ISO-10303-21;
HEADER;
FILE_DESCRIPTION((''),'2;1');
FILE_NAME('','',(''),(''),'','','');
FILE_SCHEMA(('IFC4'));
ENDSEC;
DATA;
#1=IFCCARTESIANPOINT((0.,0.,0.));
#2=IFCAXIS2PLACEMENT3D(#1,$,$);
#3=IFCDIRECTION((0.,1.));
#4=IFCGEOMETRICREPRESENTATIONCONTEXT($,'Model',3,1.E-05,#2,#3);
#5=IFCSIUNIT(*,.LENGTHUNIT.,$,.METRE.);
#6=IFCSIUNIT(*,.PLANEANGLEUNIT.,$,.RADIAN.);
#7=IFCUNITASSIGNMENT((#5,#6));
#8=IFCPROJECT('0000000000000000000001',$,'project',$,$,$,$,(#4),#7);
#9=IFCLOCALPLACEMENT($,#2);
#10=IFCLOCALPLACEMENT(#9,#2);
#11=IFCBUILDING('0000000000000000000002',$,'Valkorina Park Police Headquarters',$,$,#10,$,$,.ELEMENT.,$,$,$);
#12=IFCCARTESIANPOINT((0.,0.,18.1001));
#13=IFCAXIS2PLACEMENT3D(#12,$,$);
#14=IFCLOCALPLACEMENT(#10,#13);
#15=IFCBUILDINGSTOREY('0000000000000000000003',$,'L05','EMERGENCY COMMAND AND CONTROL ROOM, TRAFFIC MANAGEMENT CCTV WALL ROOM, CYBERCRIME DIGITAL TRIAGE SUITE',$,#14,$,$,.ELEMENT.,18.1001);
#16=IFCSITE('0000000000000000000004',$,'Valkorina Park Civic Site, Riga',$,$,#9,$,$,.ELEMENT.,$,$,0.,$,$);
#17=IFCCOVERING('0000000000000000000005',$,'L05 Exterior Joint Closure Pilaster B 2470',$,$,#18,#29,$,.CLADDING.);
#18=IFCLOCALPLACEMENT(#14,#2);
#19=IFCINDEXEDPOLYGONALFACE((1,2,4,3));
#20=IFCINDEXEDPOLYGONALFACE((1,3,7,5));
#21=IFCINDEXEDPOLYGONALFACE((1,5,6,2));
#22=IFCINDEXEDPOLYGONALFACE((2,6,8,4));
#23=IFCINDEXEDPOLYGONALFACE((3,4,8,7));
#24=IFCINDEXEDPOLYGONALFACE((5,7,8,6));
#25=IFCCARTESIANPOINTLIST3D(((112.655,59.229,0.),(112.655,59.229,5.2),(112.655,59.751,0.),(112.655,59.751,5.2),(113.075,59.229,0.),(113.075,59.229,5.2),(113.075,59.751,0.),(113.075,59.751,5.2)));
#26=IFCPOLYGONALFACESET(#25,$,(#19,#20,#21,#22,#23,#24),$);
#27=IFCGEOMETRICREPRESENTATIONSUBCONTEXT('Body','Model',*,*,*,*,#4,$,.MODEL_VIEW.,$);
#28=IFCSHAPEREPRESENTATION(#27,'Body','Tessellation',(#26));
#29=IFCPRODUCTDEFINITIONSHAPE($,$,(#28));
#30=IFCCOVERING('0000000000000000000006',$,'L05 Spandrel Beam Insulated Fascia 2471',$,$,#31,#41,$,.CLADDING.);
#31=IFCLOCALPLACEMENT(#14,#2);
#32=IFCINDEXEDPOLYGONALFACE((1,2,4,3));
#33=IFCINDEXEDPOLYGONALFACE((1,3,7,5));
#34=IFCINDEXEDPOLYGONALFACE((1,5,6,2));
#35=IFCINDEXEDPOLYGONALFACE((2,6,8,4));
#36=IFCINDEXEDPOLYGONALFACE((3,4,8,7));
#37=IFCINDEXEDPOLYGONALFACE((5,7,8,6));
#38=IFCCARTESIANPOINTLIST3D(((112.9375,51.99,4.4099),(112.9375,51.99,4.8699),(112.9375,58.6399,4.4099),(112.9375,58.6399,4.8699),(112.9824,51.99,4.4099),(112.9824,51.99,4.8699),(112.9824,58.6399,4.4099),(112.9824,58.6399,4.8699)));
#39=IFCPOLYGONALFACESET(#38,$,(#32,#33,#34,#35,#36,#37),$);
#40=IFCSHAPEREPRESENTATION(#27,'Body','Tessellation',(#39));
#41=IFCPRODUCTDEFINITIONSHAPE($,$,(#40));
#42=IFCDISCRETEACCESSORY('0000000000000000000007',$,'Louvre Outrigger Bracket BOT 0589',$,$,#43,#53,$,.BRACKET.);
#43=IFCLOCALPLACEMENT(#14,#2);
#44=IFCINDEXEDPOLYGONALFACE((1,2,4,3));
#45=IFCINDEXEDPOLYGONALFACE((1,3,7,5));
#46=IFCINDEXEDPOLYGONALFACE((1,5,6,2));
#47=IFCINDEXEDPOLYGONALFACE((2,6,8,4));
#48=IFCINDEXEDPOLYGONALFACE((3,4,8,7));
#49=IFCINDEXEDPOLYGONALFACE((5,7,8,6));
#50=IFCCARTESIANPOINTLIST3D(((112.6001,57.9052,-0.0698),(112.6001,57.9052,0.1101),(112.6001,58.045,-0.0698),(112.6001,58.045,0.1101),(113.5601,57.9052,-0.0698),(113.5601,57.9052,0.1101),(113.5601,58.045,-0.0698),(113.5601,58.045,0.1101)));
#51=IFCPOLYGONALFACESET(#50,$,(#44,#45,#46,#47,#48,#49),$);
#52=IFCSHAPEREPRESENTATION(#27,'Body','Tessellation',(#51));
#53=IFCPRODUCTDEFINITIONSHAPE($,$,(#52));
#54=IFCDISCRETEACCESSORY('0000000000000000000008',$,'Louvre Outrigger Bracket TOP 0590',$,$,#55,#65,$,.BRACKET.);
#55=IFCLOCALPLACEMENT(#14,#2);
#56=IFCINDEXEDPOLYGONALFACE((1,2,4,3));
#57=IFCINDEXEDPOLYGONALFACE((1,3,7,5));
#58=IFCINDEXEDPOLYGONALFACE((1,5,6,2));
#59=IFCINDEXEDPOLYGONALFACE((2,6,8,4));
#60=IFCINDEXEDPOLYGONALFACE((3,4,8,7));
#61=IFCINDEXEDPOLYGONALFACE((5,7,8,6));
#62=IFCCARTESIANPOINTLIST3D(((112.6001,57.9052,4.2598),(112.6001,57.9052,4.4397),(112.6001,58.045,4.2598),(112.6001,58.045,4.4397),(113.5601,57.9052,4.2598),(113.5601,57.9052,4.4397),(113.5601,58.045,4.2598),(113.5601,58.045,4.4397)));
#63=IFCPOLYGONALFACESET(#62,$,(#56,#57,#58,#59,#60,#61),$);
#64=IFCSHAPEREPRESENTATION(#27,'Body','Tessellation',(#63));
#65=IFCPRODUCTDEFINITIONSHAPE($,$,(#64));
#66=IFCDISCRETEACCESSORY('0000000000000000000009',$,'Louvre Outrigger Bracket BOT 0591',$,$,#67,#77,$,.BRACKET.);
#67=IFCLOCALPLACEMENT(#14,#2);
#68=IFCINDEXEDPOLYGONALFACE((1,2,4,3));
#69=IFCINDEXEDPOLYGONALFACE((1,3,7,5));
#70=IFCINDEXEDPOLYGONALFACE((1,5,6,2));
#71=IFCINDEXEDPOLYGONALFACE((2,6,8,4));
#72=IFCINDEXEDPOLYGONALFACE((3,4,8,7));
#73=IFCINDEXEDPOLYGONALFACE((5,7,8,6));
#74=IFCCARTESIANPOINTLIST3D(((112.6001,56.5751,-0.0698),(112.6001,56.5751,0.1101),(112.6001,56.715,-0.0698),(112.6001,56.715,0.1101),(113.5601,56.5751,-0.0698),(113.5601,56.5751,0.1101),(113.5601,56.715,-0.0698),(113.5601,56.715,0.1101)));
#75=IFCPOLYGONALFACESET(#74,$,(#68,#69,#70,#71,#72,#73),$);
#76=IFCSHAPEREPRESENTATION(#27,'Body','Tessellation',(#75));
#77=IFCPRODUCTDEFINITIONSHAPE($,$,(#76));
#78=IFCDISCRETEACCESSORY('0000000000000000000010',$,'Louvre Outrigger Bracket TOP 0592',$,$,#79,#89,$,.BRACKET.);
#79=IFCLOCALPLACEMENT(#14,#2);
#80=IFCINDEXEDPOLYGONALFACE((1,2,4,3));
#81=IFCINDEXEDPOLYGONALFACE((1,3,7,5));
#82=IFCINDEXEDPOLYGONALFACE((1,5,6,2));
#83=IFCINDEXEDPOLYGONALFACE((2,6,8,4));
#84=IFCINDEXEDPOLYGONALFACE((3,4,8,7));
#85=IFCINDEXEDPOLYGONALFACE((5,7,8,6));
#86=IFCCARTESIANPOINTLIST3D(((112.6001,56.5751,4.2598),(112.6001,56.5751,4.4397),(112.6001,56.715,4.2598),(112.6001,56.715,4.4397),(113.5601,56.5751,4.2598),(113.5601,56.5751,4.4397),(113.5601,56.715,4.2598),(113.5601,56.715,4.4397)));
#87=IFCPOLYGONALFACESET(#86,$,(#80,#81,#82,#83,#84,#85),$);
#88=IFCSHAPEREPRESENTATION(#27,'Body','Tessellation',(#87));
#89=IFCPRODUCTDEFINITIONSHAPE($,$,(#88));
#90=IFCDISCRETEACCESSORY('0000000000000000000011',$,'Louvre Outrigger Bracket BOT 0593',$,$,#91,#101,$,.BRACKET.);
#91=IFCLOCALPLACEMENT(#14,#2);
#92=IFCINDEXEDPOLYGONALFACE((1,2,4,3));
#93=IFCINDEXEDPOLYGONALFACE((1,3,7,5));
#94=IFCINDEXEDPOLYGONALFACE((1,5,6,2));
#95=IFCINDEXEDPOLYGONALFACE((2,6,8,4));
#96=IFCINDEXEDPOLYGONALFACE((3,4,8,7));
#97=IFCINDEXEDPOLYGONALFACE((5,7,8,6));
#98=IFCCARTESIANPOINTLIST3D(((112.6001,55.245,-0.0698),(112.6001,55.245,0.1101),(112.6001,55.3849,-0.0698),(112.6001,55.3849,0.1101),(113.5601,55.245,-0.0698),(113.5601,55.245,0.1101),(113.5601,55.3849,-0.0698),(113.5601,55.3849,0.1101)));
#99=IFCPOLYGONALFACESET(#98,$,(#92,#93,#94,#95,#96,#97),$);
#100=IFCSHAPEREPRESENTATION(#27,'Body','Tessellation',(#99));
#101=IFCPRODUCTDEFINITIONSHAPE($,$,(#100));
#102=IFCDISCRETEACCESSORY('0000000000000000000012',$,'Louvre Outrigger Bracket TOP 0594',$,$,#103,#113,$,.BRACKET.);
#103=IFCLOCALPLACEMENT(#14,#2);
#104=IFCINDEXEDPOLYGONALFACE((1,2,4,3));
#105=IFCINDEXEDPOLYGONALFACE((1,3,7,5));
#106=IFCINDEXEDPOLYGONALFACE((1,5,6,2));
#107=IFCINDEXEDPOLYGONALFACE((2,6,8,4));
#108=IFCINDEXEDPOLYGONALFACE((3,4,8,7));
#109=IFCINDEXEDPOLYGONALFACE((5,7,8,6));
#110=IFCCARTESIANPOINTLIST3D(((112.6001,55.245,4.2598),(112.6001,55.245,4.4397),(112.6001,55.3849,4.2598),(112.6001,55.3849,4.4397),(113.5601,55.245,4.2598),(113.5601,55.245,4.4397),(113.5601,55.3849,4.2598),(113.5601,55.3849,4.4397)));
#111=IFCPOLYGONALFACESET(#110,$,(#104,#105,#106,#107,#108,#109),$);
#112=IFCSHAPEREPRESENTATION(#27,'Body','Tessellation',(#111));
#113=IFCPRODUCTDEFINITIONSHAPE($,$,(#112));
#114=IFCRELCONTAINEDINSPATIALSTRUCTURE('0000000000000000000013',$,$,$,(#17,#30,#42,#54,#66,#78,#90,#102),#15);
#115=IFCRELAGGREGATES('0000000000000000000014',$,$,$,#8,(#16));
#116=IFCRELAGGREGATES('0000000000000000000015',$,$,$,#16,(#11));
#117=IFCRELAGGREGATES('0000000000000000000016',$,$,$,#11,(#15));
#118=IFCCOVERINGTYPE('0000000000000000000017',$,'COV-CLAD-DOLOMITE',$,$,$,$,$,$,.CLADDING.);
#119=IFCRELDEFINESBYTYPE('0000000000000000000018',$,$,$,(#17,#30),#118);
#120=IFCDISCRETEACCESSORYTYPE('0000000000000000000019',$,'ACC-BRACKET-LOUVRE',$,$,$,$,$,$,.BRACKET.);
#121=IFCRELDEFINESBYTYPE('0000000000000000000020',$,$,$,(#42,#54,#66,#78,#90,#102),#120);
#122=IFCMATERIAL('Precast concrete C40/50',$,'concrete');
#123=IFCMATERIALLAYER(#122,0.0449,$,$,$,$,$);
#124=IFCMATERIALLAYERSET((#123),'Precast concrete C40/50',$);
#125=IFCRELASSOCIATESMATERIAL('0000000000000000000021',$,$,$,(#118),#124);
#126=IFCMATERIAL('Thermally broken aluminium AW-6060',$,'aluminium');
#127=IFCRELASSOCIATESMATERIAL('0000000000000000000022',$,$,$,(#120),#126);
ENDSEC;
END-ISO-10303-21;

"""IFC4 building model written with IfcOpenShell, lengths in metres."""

from ifc_helpers import new_model, si_unit, direction, frame, frame_2d, origin, origin_2d, place, context, subcontext, project, spatial, rectangle, extrude, material, layer, layer_set, type_object, element, save


model = new_model("IFC4")

# Units and contexts
model_context = context("Model", 3, precision=1e-05, world=origin(), true_north=direction((0.0, 1.0)))
body_context = subcontext(model_context, "Body", "Model", "MODEL_VIEW")
ifc_project = project(units=[si_unit("LENGTHUNIT", "METRE"), si_unit("PLANEANGLEUNIT", "RADIAN")], contexts=[model_context])

# Site, building, storey
site_placement = place(None, origin())
site = spatial("IfcSite", under=ifc_project, at=site_placement, Name="Valkorina Park Civic Site, Riga", CompositionType="ELEMENT", RefElevation=0.0)
building_placement = place(site_placement, origin())
building = spatial("IfcBuilding", under=site, at=building_placement, Name="Valkorina Park Police Headquarters", CompositionType="ELEMENT")
storey_placement = place(building_placement, frame((0.0, 0.0, 18.1001)))
storey = spatial("IfcBuildingStorey", under=building, at=storey_placement, Name="L05", Description="EMERGENCY COMMAND AND CONTROL ROOM, TRAFFIC MANAGEMENT CCTV WALL ROOM, CYBERCRIME DIGITAL TRIAGE SUITE", CompositionType="ELEMENT", Elevation=18.1001)

# Shared definitions
ifc_material_1 = material(Name="Thermally broken aluminium AW-6060", Category="aluminium")

# Coverings
ifc_material_2 = material(Name="Precast concrete C40/50", Category="concrete")
ifc_layer_1 = layer(ifc_material_2, 0.0449)
ifc_layer_set_1 = layer_set([ifc_layer_1], Name="Precast concrete C40/50")
covering_type = type_object("IfcCoveringType", Name="COV-CLAD-DOLOMITE", PredefinedType="CLADDING", material=ifc_layer_set_1)
covering_1_placement = place(storey_placement, frame((112.865, 59.49, 0.0), z_axis=(0.0, 0.0, 1.0), x_axis=(1.0, 0.0, 0.0)))
element("IfcCovering", 1, at=covering_1_placement, inside=storey, type_object=covering_type, Name="L05 Exterior Joint Closure Pilaster B 2470", PredefinedType="CLADDING", context=body_context, shape_type="SweptSolid", body=[
    extrude(rectangle(XDim=0.4199, YDim=0.522, at=origin_2d()), origin(), (0.0, 0.0, 1.0), 5.2),
])
covering_2_placement = place(storey_placement, frame((112.96, 58.6399, 4.4099), z_axis=(0.0, 0.0, 1.0), x_axis=(0.0, -1.0, 0.0)))
element("IfcCovering", 2, at=covering_2_placement, inside=storey, type_object=covering_type, Name="L05 Spandrel Beam Insulated Fascia 2471", PredefinedType="CLADDING", context=body_context, shape_type="SweptSolid", body=[
    extrude(rectangle(XDim=6.6499, YDim=0.0449, at=frame_2d((3.325, 0.0))), origin(), (0.0, 0.0, 1.0), 0.46),
])

# Discrete accessories
discrete_accessory_type = type_object("IfcDiscreteAccessoryType", Name="ACC-BRACKET-LOUVRE", PredefinedType="BRACKET", material=ifc_material_1)
for number, where, z_axis, x_axis, name in (
    (3, (113.0801, 57.9751, -0.0698), (0.0, 0.0, 1.0), (1.0, 0.0, 0.0), "Louvre Outrigger Bracket BOT 0589"),
    (4, (113.0801, 57.9751, 4.2598), (0.0, 0.0, 1.0), (1.0, 0.0, 0.0), "Louvre Outrigger Bracket TOP 0590"),
    (5, (113.0801, 56.645, -0.0698), (0.0, 0.0, 1.0), (1.0, 0.0, 0.0), "Louvre Outrigger Bracket BOT 0591"),
    (6, (113.0801, 56.645, 4.2598), (0.0, 0.0, 1.0), (1.0, 0.0, 0.0), "Louvre Outrigger Bracket TOP 0592"),
    (7, (113.0801, 55.3149, -0.0698), (0.0, 0.0, 1.0), (1.0, 0.0, 0.0), "Louvre Outrigger Bracket BOT 0593"),
    (8, (113.0801, 55.3149, 4.2598), (0.0, 0.0, 1.0), (1.0, 0.0, 0.0), "Louvre Outrigger Bracket TOP 0594"),
):
    element("IfcDiscreteAccessory", number, at=place(storey_placement, frame(where, z_axis=z_axis, x_axis=x_axis)), inside=storey, type_object=discrete_accessory_type, Name=name, PredefinedType="BRACKET", context=body_context, shape_type="SweptSolid", body=[
        extrude(rectangle(XDim=0.96, YDim=0.1399, at=origin_2d()), origin(), (0.0, 0.0, 1.0), 0.1799),
    ])

save(model, "model.ifc")
